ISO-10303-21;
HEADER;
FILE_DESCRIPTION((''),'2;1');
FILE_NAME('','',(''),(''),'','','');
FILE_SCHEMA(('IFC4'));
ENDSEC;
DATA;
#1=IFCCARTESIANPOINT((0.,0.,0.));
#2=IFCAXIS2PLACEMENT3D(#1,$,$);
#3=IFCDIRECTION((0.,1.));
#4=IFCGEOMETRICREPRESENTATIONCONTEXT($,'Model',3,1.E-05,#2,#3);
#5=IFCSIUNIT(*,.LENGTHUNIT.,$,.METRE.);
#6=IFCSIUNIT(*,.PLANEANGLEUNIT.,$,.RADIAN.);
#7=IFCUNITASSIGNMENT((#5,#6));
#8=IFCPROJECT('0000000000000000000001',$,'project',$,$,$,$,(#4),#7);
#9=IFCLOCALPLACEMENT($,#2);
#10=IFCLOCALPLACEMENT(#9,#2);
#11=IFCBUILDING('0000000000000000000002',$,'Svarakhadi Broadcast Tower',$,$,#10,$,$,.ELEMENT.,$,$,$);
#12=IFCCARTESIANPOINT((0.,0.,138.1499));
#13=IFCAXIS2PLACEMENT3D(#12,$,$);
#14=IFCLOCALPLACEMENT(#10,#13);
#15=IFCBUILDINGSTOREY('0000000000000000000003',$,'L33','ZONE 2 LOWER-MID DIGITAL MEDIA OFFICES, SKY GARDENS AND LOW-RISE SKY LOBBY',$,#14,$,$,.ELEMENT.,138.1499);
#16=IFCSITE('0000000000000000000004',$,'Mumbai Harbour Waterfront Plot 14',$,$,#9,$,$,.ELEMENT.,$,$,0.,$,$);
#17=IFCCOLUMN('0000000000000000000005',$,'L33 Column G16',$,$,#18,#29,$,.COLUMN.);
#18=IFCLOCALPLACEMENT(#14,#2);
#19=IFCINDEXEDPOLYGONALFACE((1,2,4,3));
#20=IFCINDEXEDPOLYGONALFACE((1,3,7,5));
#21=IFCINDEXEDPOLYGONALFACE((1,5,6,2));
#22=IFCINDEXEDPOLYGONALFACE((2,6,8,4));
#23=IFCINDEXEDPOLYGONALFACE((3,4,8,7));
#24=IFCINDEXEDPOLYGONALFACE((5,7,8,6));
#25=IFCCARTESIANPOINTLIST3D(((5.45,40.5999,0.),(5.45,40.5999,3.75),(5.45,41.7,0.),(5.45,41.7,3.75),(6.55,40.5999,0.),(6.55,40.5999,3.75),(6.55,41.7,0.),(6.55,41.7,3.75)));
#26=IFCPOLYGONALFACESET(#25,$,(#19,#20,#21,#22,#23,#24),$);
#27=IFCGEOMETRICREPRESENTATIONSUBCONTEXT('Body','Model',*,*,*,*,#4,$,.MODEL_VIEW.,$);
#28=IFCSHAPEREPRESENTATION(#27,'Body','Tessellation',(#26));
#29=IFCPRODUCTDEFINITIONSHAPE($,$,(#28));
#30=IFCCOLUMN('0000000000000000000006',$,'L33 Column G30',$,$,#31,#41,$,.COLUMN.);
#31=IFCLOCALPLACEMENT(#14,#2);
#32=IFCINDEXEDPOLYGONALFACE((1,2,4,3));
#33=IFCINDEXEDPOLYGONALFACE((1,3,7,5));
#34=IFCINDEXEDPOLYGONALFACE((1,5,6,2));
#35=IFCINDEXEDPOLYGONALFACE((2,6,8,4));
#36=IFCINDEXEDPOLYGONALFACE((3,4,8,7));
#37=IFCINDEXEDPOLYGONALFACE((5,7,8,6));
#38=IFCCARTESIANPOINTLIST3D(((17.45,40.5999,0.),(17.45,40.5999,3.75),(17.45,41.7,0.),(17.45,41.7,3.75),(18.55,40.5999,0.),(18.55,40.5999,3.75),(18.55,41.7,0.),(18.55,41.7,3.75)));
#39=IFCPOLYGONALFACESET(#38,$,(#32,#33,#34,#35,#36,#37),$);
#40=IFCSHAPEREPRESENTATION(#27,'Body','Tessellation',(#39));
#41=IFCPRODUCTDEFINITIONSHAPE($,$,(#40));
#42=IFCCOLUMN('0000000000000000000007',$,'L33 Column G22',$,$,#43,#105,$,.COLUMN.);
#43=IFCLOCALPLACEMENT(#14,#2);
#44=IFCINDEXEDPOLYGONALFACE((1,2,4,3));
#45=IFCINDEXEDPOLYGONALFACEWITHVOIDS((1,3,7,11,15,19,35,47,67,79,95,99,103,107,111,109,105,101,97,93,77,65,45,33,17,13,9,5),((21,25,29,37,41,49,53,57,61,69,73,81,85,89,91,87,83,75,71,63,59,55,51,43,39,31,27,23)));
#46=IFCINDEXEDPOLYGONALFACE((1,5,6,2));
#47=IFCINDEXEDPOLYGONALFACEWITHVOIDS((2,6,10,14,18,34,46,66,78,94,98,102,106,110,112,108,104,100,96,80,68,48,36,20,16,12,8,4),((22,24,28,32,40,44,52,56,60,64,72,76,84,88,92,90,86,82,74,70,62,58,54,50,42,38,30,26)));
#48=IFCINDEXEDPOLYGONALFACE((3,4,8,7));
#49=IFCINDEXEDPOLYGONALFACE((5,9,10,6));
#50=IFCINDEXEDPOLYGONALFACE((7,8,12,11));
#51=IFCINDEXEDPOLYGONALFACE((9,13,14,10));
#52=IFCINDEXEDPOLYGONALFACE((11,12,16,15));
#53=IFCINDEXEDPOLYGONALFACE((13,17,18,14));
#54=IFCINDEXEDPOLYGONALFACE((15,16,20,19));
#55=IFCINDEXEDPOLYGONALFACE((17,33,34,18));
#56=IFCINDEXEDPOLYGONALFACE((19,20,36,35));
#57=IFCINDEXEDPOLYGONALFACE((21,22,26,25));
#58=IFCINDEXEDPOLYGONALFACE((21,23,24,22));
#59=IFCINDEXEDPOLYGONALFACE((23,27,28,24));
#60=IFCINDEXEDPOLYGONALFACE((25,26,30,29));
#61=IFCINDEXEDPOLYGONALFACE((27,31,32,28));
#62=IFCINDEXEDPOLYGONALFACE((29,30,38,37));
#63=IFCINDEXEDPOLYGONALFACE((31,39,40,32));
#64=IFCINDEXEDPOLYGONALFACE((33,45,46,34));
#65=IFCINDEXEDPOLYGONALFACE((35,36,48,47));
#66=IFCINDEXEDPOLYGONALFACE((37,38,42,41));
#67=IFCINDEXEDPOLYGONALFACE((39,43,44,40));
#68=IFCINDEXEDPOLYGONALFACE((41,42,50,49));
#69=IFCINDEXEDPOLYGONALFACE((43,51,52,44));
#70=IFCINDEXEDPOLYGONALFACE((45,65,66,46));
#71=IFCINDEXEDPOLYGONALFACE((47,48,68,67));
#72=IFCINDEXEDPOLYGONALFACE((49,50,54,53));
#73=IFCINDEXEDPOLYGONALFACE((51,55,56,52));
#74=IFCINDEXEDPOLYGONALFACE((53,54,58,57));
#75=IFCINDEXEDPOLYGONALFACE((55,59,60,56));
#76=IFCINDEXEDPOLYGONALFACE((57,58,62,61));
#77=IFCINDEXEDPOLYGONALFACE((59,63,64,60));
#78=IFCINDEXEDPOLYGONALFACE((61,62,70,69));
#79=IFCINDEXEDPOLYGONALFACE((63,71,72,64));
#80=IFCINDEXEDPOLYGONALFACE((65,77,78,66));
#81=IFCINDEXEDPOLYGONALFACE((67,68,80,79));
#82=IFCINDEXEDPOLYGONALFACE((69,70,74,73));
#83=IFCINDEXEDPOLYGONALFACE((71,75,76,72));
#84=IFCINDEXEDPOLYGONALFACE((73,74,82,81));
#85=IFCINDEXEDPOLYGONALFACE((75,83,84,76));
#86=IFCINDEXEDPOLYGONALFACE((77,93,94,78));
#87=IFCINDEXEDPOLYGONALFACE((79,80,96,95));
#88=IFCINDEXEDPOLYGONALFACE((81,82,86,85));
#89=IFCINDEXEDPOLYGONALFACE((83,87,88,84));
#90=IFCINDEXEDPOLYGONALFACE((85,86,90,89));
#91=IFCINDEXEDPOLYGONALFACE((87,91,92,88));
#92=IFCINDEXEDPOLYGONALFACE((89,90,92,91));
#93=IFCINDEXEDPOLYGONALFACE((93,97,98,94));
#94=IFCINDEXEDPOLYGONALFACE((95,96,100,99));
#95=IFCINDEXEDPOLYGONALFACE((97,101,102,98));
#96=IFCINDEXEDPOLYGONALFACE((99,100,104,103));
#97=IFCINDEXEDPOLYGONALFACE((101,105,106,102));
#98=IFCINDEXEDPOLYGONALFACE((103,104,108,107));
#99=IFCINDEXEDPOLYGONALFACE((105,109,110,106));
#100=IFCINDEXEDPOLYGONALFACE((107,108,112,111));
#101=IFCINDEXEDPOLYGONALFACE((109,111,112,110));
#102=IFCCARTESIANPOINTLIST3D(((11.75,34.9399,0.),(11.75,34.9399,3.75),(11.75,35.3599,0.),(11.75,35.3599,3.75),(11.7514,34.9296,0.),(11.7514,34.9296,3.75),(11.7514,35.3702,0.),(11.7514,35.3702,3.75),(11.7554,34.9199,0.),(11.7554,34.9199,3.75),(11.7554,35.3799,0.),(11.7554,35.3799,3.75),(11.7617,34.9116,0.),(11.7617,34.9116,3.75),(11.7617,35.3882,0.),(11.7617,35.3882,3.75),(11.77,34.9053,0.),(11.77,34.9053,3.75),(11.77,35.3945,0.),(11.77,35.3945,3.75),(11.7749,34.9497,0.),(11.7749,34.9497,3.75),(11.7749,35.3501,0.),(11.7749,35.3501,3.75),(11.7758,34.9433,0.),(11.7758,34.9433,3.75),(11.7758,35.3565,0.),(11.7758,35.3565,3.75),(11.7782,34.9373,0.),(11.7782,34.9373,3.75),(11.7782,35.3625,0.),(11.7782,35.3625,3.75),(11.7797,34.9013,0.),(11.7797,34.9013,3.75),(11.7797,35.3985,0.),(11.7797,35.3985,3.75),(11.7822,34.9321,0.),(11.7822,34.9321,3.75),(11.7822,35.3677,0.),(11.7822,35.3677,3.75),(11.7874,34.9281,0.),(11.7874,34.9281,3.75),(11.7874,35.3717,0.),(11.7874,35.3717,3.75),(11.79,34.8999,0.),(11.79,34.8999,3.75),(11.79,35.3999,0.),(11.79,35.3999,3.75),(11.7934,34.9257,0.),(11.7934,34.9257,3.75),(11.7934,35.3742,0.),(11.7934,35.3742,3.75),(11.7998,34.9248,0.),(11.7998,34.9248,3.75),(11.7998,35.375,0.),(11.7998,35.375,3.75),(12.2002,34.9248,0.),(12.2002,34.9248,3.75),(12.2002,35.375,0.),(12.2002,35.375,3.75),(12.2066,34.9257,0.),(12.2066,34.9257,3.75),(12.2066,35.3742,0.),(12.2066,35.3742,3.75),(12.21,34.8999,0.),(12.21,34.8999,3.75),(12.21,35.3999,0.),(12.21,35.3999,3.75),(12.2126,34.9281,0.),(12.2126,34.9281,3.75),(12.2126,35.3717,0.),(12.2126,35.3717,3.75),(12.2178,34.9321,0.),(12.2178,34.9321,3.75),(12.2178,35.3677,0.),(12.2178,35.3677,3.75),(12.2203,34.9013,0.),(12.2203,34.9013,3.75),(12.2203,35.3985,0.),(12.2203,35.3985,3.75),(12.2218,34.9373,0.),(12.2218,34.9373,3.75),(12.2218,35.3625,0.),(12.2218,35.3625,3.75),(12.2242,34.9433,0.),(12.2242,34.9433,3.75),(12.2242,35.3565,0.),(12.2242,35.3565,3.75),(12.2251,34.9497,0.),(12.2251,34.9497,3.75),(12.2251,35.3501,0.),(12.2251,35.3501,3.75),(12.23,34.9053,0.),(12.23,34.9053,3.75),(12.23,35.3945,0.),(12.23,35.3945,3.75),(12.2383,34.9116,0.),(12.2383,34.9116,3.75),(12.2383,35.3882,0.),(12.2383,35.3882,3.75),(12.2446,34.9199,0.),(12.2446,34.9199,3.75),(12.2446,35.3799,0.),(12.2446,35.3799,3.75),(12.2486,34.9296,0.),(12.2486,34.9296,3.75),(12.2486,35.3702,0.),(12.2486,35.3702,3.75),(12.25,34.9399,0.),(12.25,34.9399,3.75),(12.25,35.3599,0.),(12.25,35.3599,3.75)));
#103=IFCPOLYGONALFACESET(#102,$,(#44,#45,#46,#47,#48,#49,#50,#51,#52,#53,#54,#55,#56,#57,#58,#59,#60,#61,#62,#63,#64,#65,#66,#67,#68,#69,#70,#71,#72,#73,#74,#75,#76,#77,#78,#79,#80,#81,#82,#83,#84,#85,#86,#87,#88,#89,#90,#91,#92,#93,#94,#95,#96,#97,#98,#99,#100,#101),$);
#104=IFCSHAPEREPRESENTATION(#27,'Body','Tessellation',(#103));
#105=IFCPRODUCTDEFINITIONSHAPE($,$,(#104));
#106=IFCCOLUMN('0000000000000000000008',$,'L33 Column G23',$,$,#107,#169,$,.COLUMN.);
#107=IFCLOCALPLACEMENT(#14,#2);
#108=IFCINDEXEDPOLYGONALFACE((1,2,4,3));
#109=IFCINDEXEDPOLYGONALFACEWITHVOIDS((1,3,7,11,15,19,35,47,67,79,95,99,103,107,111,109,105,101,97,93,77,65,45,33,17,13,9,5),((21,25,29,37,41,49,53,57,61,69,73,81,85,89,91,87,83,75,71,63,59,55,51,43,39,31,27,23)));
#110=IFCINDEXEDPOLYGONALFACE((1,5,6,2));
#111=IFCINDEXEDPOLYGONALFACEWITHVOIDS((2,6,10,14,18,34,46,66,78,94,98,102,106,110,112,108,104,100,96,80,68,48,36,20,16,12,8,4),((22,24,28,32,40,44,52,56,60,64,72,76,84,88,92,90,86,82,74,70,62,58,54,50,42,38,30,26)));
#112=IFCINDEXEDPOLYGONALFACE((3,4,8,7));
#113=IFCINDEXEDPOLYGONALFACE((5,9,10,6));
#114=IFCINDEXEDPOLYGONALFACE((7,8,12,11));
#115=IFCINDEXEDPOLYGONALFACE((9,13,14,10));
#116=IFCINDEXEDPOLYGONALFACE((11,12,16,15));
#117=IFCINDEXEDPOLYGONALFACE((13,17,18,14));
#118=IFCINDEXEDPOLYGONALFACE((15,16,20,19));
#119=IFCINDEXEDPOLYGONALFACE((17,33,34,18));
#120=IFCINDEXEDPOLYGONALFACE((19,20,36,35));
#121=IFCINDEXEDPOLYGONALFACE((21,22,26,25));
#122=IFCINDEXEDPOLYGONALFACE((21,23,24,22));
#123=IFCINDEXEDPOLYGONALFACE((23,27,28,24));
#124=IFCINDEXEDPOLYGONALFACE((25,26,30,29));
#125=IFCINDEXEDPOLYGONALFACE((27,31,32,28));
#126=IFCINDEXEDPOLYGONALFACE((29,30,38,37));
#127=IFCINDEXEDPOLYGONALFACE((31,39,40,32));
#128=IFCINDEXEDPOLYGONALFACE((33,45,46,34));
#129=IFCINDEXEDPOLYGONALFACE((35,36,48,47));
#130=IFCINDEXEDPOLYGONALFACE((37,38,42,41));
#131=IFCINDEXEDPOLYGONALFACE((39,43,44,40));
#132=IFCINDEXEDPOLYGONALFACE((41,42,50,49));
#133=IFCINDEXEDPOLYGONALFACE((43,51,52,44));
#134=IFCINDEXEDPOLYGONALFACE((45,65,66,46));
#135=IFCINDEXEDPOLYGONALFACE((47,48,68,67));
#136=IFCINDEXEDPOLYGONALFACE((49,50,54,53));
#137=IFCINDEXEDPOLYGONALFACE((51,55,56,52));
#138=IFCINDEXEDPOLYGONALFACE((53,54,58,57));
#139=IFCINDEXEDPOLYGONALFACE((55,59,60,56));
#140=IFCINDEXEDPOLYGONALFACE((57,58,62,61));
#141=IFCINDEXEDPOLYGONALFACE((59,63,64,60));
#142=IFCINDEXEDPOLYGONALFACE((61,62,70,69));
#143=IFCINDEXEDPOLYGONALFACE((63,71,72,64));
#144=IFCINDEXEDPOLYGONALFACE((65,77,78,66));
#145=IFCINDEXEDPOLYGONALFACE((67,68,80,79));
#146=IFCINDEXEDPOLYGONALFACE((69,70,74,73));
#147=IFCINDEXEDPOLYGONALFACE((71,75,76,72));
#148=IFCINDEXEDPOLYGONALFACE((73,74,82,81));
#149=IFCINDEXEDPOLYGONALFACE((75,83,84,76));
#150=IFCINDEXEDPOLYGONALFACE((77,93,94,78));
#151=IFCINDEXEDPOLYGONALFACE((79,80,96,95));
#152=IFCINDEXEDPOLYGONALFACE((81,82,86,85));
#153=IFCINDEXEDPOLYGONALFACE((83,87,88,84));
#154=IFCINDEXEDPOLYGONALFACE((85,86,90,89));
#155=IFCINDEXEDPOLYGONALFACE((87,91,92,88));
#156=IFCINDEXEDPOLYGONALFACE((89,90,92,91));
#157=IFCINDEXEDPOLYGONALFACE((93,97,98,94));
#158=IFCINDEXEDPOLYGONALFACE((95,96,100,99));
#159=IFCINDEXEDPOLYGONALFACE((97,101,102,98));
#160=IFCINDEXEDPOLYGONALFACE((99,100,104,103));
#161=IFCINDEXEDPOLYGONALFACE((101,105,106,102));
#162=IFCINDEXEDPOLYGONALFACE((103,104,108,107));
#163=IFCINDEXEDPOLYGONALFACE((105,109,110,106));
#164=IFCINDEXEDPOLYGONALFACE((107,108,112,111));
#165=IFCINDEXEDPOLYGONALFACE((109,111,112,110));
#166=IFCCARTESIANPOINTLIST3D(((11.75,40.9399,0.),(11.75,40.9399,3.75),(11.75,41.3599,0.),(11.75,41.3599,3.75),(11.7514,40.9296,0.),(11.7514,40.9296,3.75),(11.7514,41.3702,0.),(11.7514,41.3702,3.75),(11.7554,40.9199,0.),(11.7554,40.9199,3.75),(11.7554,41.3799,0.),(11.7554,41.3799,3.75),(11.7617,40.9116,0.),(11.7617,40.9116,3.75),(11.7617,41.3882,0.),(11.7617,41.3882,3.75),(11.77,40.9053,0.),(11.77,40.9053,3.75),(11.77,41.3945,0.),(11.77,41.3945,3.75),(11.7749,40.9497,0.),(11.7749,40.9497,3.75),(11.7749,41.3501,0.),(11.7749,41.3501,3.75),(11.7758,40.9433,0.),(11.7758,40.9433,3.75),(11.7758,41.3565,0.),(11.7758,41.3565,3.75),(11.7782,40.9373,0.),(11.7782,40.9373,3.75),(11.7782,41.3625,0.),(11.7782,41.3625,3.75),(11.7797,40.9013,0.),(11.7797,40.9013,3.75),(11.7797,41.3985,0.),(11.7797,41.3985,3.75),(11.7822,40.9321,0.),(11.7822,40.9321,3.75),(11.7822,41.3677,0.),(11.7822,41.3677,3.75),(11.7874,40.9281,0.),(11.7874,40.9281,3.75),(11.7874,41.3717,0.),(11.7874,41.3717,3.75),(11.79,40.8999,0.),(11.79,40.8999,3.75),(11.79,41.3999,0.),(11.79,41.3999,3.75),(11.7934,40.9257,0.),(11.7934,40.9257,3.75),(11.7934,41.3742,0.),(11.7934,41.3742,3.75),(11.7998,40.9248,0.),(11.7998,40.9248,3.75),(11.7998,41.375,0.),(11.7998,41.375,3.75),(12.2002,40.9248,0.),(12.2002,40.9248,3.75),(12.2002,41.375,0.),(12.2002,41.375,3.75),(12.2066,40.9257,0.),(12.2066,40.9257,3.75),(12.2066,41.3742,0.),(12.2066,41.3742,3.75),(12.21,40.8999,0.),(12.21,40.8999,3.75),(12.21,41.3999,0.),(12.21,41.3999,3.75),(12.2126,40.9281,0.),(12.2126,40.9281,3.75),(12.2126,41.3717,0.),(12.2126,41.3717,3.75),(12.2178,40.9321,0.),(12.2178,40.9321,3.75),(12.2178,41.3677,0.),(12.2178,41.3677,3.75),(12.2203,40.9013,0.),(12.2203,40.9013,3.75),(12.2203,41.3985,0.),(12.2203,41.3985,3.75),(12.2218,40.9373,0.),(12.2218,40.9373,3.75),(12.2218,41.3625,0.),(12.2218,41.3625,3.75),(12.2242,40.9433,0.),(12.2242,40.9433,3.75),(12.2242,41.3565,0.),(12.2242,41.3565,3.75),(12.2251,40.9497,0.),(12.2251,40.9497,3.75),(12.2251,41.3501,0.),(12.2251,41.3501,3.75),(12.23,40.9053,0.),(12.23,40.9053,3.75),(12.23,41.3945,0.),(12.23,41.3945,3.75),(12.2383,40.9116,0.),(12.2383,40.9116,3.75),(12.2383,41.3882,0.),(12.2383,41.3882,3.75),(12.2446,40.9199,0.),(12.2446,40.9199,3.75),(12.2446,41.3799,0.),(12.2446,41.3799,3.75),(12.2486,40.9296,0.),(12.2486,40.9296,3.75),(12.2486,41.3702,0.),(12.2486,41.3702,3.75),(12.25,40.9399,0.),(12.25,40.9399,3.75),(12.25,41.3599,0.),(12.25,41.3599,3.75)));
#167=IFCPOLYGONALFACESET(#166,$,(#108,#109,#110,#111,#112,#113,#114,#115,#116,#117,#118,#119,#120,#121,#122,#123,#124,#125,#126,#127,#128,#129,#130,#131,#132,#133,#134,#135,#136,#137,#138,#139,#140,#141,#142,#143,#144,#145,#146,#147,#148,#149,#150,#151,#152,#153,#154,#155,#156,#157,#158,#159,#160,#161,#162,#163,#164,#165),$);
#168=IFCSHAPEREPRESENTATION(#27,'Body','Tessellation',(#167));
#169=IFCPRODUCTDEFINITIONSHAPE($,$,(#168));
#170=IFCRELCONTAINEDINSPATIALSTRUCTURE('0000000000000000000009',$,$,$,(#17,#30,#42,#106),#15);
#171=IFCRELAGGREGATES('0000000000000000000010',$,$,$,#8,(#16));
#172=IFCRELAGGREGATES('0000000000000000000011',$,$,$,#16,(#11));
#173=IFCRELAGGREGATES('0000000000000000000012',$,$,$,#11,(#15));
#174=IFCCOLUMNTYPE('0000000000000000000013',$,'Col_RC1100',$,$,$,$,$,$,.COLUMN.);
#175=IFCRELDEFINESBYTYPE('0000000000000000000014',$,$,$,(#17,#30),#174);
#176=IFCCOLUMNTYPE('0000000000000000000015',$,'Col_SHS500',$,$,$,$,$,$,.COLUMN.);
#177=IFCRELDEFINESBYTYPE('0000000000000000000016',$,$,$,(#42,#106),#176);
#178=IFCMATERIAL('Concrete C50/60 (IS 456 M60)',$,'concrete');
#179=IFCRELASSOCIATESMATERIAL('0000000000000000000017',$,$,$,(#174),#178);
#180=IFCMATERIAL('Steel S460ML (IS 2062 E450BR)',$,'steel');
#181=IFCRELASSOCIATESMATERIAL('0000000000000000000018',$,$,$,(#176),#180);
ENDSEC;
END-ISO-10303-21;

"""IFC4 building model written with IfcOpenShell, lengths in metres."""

from ifc_helpers import new_model, si_unit, direction, frame, origin, origin_2d, place, context, subcontext, project, spatial, rectangle, hollow_rectangle, extrude, material, material_profile, profile_set, type_object, element, save


model = new_model("IFC4")

# Units and contexts
model_context = context("Model", 3, precision=1e-05, world=origin(), true_north=direction((0.0, 1.0)))
body_context = subcontext(model_context, "Body", "Model", "MODEL_VIEW")
ifc_project = project(units=[si_unit("LENGTHUNIT", "METRE"), si_unit("PLANEANGLEUNIT", "RADIAN")], contexts=[model_context])

# Site, building, storey
site_placement = place(None, origin())
site = spatial("IfcSite", under=ifc_project, at=site_placement, Name="Mumbai Harbour Waterfront Plot 14", CompositionType="ELEMENT", RefElevation=0.0)
building_placement = place(site_placement, origin())
building = spatial("IfcBuilding", under=site, at=building_placement, Name="Svarakhadi Broadcast Tower", CompositionType="ELEMENT")
storey_placement = place(building_placement, frame((0.0, 0.0, 138.1499)))
storey = spatial("IfcBuildingStorey", under=building, at=storey_placement, Name="L33", Description="ZONE 2 LOWER-MID DIGITAL MEDIA OFFICES, SKY GARDENS AND LOW-RISE SKY LOBBY", CompositionType="ELEMENT", Elevation=138.1499)

# Columns
ifc_material_1 = material(Name="Concrete C50/60 (IS 456 M60)", Category="concrete")
ifc_material_profile_1 = material_profile(ifc_material_1, rectangle(XDim=1.1001, YDim=1.1001, at=origin_2d()), Name="RC 1100x1100")
ifc_profile_set_1 = profile_set([ifc_material_profile_1], Name="Concrete C50/60 (IS 456 M60)")
column_type_1 = type_object("IfcColumnType", Name="Col_RC1100", PredefinedType="COLUMN", material=ifc_profile_set_1)
for number, where, z_axis, x_axis, name in (
    (1, (6.0, 41.1499, 0.0), (0.0, 0.0, 1.0), (1.0, 0.0, 0.0), "L33 Column G16"),
    (2, (18.0, 41.1499, 0.0), (0.0, 0.0, 1.0), (1.0, 0.0, 0.0), "L33 Column G30"),
):
    element("IfcColumn", number, at=place(storey_placement, frame(where, z_axis=z_axis, x_axis=x_axis)), inside=storey, type_object=column_type_1, Name=name, PredefinedType="COLUMN", context=body_context, shape_type="SweptSolid", body=[
        extrude(rectangle(XDim=1.1001, YDim=1.1001, at=origin_2d()), origin(), (0.0, 0.0, 1.0), 3.75),
    ])
ifc_material_2 = material(Name="Steel S460ML (IS 2062 E450BR)", Category="steel")
ifc_material_profile_2 = material_profile(ifc_material_2, hollow_rectangle(XDim=0.5, YDim=0.5, WallThickness=0.0249, InnerFilletRadius=0.0249, OuterFilletRadius=0.04, at=origin_2d()), Name="SHS 500x500x25")
ifc_profile_set_2 = profile_set([ifc_material_profile_2], Name="Steel S460ML (IS 2062 E450BR)")
column_type_2 = type_object("IfcColumnType", Name="Col_SHS500", PredefinedType="COLUMN", material=ifc_profile_set_2)
for number, where, z_axis, x_axis, name in (
    (3, (12.0, 35.1499, 0.0), (0.0, 0.0, 1.0), (1.0, 0.0, 0.0), "L33 Column G22"),
    (4, (12.0, 41.1499, 0.0), (0.0, 0.0, 1.0), (1.0, 0.0, 0.0), "L33 Column G23"),
):
    element("IfcColumn", number, at=place(storey_placement, frame(where, z_axis=z_axis, x_axis=x_axis)), inside=storey, type_object=column_type_2, Name=name, PredefinedType="COLUMN", context=body_context, shape_type="SweptSolid", body=[
        extrude(hollow_rectangle(XDim=0.5, YDim=0.5, WallThickness=0.0249, InnerFilletRadius=0.0249, OuterFilletRadius=0.04, at=origin_2d()), origin(), (0.0, 0.0, 1.0), 3.75),
    ])

save(model, "model.ifc")
